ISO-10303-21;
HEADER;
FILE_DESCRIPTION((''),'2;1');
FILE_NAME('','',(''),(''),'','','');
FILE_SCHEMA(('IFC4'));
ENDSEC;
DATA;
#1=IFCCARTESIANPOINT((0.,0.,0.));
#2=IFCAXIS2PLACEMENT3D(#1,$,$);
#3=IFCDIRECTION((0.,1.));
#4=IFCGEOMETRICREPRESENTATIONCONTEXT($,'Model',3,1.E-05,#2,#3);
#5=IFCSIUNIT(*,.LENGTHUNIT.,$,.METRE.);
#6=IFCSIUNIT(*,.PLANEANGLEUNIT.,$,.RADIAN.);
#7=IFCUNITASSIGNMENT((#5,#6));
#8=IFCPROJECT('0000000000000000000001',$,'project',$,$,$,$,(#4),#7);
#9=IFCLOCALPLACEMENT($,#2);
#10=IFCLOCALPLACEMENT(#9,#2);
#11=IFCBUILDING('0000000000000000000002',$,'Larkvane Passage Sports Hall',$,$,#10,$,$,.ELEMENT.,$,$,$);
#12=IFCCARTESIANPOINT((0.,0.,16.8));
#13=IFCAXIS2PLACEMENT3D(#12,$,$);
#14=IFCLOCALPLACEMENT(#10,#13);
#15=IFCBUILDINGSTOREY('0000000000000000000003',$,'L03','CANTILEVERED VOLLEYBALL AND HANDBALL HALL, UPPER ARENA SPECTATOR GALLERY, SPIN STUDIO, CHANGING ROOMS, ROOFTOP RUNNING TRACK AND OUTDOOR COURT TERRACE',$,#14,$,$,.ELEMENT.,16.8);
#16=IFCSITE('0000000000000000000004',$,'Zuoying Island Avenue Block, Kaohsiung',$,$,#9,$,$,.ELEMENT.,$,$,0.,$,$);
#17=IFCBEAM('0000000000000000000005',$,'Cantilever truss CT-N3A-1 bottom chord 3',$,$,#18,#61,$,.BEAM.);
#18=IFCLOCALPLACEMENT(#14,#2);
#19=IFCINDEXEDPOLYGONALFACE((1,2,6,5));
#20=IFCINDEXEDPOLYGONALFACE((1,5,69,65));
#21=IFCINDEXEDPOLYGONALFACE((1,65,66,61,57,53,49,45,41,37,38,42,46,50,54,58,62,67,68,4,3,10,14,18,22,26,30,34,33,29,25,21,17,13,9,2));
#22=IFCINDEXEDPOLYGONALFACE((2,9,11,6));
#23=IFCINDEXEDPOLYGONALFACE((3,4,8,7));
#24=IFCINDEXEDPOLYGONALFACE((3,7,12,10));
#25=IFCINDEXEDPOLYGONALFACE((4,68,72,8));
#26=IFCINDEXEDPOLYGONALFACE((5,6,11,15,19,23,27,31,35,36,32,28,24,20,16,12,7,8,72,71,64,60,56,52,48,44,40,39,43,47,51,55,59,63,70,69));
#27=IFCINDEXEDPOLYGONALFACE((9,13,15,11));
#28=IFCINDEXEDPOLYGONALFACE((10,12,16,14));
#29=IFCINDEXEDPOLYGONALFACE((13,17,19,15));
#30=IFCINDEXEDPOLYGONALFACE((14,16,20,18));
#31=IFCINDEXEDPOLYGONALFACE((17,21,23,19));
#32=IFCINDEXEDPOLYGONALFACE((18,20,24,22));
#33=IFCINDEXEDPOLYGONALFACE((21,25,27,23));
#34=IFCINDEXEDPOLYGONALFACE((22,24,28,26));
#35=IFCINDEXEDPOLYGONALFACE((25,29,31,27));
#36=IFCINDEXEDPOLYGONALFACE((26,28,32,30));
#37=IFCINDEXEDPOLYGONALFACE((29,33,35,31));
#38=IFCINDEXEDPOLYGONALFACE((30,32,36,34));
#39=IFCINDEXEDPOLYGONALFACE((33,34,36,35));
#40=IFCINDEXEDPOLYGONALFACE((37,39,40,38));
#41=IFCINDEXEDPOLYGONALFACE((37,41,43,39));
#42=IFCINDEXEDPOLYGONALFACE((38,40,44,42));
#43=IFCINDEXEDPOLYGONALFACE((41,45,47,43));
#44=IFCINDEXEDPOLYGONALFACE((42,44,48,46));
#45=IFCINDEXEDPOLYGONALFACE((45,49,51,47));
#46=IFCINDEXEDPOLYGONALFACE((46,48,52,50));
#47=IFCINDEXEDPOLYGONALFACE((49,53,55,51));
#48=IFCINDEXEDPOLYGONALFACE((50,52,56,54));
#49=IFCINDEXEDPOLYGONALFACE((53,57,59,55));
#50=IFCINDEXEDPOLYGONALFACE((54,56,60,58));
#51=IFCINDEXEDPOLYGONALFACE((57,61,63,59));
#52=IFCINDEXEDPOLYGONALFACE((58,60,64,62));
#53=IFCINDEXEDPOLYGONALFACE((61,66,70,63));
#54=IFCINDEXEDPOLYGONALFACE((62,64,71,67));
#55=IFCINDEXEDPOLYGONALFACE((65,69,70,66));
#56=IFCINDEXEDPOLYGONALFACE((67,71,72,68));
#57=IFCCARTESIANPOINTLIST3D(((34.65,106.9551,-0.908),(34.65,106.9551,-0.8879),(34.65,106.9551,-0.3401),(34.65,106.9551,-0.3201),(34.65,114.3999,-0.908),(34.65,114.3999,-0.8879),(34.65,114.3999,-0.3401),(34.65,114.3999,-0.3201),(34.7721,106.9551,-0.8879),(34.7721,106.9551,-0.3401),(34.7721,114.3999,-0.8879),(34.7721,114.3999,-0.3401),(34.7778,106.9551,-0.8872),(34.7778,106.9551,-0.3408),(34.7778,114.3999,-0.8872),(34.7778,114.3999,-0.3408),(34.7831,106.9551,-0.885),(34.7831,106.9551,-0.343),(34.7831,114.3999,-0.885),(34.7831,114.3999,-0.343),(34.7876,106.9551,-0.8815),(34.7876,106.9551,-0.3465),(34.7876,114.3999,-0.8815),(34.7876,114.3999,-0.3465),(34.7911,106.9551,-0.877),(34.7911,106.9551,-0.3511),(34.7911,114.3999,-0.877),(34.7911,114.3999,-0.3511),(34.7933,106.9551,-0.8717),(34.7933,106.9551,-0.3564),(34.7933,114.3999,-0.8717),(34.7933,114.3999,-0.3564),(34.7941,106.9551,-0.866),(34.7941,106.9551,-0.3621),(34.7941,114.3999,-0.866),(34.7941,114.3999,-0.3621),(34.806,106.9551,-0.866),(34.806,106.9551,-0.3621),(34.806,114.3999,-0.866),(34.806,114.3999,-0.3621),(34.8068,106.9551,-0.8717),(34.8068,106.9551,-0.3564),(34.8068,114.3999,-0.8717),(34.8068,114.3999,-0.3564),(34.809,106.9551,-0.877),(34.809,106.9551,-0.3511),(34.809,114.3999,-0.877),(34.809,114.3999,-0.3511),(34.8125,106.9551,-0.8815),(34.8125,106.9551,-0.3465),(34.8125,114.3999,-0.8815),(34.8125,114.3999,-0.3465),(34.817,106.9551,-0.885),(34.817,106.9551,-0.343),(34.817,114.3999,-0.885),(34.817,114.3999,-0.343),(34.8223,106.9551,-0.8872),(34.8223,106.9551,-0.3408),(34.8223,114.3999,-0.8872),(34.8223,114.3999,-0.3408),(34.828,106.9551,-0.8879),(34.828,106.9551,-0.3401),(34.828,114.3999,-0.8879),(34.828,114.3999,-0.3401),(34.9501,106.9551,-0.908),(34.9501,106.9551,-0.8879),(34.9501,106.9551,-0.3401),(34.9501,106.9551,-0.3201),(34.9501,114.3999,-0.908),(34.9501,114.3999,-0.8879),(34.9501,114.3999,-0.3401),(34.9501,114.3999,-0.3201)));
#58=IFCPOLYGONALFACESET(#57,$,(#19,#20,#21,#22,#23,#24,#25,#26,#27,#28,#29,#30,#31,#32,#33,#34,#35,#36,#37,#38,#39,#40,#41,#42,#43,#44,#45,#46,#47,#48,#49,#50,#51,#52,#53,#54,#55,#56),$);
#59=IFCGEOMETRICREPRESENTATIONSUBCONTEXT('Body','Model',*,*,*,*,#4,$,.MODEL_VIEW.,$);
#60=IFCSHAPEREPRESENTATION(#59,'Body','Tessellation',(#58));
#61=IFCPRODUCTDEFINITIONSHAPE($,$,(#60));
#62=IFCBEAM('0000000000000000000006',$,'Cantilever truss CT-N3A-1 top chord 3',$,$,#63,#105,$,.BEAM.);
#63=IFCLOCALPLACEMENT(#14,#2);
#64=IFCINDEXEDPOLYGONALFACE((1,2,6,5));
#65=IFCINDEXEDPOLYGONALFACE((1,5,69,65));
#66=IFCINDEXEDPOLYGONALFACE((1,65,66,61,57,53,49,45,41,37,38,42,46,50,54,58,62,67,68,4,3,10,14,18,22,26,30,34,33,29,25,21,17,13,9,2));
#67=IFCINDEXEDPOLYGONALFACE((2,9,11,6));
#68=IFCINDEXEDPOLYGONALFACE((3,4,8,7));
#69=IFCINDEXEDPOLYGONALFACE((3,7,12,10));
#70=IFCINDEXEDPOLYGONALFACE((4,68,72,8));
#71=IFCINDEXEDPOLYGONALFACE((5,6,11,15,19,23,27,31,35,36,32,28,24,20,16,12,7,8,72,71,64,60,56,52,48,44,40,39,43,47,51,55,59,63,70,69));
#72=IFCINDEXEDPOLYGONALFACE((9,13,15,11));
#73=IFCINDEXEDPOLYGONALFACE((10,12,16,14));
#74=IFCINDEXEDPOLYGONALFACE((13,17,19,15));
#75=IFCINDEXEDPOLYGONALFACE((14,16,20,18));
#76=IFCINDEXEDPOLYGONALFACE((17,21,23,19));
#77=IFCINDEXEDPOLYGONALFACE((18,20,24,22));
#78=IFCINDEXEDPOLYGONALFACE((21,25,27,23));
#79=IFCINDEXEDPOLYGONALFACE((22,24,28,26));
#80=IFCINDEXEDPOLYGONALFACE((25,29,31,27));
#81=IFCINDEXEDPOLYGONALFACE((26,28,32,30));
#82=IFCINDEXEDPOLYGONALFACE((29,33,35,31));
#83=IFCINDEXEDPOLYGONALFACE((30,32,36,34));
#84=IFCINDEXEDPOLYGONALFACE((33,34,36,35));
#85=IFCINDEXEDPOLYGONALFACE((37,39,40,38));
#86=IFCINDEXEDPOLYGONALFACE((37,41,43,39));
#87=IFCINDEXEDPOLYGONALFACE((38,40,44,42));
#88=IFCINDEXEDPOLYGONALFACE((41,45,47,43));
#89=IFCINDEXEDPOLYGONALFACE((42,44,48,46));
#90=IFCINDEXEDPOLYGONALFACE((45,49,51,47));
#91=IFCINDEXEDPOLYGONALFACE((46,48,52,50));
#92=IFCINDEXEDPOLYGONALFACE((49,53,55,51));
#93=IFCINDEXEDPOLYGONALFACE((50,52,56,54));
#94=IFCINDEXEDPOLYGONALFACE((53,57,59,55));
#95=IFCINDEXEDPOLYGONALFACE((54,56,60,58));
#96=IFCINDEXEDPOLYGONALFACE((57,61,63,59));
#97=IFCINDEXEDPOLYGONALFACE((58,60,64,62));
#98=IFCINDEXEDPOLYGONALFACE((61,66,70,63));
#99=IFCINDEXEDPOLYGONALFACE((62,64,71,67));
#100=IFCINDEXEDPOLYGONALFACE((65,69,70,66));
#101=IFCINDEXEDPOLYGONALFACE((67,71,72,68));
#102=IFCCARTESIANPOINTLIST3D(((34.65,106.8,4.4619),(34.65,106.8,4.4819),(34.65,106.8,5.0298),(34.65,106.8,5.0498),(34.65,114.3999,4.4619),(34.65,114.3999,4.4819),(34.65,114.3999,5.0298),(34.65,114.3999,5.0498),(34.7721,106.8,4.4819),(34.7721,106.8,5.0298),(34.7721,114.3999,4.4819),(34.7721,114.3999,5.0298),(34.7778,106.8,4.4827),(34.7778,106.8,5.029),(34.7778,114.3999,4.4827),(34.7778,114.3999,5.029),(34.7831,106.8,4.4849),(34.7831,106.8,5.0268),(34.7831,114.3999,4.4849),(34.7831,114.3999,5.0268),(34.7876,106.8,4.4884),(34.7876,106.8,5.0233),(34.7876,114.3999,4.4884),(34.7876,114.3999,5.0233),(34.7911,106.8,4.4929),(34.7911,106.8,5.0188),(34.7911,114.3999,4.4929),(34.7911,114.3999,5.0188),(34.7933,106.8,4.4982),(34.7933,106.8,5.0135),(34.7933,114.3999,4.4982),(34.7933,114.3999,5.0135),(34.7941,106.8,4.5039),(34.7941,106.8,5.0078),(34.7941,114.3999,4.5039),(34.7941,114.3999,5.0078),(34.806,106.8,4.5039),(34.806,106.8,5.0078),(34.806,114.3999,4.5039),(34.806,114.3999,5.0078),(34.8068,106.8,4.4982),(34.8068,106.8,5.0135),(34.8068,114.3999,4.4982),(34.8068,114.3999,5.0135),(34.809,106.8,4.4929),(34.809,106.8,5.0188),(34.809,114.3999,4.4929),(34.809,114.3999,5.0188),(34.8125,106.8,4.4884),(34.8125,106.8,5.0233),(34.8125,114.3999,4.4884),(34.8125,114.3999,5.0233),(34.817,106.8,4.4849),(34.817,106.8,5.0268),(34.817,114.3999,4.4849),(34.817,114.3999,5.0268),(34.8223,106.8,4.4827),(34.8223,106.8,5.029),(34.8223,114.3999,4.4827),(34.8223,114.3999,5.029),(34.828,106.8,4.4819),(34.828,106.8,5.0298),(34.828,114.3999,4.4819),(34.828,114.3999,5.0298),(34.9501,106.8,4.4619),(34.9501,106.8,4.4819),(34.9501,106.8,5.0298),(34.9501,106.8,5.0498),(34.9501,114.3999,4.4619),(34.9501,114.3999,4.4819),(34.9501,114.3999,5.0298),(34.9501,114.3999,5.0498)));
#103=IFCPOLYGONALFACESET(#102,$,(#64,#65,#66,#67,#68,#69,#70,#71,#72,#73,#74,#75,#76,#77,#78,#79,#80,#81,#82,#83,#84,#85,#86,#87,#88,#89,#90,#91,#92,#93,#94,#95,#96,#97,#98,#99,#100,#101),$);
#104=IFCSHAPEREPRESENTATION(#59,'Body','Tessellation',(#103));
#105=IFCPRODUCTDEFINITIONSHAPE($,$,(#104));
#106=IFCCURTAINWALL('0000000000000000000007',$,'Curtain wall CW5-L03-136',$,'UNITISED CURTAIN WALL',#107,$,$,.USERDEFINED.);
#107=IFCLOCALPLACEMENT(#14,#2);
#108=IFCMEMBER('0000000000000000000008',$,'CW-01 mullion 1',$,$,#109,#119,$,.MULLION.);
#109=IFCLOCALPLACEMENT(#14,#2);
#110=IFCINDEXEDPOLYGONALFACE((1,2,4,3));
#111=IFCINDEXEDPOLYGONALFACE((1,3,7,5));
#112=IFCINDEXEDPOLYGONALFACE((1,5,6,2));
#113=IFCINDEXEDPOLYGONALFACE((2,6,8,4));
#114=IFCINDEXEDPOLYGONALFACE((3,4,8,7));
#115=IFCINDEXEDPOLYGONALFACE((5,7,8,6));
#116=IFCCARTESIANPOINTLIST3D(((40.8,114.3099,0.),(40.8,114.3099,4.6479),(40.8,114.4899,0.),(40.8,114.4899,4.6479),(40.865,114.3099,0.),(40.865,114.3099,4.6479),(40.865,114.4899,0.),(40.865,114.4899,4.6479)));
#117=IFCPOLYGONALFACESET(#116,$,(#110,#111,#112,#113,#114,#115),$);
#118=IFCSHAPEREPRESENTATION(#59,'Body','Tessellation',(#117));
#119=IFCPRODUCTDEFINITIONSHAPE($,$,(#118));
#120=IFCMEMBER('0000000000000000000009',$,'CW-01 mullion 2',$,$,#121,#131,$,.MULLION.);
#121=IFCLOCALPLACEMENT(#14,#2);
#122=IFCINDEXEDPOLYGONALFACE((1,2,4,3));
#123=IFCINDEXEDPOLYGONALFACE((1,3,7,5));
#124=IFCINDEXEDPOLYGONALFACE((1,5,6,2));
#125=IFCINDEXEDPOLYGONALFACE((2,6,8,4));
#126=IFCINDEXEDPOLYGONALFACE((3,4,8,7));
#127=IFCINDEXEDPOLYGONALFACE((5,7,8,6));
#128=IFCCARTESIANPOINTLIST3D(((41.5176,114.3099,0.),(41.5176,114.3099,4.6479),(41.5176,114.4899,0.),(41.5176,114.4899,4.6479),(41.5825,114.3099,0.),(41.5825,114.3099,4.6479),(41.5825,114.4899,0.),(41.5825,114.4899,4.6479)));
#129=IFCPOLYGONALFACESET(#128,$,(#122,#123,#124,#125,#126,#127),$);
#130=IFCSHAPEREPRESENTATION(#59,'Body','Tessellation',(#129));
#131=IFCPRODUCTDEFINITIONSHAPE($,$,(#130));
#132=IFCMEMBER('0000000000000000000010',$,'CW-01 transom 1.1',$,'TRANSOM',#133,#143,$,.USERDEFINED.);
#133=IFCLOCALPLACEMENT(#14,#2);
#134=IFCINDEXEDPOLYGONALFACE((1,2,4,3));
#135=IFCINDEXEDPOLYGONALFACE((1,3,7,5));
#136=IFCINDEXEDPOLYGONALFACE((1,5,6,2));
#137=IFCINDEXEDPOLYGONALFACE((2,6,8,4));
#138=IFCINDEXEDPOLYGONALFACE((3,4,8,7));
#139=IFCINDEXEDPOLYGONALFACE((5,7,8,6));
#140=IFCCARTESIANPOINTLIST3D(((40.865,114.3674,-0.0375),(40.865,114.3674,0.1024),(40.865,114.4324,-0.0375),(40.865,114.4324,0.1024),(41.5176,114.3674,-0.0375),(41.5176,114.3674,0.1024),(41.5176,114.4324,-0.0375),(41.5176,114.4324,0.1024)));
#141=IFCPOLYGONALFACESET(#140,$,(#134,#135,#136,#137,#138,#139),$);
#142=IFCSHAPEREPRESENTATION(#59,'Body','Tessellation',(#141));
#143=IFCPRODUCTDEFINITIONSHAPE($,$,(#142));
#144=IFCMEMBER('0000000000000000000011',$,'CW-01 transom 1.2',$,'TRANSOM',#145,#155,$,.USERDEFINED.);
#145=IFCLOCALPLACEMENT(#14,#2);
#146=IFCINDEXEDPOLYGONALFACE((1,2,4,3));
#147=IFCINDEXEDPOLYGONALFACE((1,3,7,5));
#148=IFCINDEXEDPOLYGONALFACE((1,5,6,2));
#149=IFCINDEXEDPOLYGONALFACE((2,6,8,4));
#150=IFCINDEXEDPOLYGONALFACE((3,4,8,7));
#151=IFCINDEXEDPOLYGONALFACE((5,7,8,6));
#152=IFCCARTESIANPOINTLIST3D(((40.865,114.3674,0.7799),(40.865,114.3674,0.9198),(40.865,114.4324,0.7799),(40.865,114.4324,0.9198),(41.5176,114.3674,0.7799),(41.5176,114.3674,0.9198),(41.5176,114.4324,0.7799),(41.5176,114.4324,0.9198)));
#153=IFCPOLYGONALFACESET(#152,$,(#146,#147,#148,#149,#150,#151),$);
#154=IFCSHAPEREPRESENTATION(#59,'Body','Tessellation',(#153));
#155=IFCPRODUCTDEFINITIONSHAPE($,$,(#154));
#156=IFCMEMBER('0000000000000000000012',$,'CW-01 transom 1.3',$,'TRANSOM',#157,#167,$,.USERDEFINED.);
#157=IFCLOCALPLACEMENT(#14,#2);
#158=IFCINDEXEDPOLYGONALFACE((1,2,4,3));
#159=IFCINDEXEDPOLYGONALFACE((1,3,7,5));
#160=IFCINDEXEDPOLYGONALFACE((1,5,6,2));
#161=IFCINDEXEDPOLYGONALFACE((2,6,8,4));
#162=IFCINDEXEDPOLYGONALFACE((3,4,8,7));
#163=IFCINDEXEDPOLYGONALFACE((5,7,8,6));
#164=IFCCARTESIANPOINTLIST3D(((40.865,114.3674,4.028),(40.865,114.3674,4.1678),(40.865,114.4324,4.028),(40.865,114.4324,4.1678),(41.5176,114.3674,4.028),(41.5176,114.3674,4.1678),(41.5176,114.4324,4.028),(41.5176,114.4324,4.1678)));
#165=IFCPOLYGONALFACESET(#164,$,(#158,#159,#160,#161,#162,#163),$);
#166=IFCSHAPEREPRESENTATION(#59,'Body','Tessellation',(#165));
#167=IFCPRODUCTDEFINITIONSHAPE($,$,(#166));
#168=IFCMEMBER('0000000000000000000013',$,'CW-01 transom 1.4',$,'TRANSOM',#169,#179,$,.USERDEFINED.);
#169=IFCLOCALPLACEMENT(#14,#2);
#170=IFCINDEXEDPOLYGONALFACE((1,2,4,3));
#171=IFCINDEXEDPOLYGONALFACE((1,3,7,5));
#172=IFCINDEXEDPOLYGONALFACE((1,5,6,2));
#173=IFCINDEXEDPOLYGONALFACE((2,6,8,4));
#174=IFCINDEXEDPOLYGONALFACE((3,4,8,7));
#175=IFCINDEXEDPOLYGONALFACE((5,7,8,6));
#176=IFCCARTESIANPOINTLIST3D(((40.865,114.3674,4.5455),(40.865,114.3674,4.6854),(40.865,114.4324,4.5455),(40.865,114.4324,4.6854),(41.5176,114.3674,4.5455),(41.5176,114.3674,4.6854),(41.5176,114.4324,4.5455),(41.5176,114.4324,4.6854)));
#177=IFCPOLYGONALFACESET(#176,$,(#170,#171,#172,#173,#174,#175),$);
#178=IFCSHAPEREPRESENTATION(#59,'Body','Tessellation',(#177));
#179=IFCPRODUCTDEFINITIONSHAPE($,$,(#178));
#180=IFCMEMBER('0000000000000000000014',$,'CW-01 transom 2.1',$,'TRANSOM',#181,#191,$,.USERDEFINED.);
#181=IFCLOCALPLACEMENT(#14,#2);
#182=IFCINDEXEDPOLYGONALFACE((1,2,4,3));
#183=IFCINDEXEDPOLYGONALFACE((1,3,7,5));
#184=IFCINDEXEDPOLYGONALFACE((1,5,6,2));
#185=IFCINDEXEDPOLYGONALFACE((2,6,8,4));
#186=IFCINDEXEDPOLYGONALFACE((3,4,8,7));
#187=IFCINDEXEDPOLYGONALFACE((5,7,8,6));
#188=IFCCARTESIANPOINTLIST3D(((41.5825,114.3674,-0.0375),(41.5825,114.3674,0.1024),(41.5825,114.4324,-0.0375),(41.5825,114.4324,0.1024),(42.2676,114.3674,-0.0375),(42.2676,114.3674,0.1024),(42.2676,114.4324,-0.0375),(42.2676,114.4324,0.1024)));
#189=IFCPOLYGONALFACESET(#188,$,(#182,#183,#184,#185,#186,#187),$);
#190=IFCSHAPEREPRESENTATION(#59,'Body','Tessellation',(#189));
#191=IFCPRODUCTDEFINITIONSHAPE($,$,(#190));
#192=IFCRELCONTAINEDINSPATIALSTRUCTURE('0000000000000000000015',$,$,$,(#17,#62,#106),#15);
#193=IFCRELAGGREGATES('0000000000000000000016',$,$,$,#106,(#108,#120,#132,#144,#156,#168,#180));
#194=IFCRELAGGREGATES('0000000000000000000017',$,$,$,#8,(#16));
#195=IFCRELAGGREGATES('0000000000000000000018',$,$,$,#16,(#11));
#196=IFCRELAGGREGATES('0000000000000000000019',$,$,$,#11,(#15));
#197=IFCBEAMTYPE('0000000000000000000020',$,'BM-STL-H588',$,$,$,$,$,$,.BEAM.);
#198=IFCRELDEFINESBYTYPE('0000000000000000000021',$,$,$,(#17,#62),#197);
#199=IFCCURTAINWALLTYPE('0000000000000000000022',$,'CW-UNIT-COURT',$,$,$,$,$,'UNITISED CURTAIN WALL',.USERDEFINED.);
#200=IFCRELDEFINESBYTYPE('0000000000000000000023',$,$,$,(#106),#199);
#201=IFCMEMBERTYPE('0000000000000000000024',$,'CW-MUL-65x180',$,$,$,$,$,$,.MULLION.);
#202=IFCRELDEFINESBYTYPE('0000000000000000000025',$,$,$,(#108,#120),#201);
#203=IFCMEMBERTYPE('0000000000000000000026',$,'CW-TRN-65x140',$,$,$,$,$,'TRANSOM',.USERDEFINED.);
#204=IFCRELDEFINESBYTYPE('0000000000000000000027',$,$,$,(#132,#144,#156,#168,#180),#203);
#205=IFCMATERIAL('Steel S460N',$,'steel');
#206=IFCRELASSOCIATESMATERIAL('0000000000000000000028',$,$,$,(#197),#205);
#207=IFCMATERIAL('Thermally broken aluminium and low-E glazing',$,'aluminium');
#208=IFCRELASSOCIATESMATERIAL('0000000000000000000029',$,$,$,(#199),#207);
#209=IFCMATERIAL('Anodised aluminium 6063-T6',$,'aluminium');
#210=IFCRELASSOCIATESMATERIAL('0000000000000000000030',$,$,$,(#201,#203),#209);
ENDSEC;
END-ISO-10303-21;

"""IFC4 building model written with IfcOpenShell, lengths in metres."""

from ifc_helpers import new_model, si_unit, direction, frame, origin, origin_2d, place, context, subcontext, project, spatial, rectangle, i_section, extrude, material, material_profile, profile_set, type_object, element, aggregate, save


model = new_model("IFC4")

# Units and contexts
model_context = context("Model", 3, precision=1e-05, world=origin(), true_north=direction((0.0, 1.0)))
body_context = subcontext(model_context, "Body", "Model", "MODEL_VIEW")
ifc_project = project(units=[si_unit("LENGTHUNIT", "METRE"), si_unit("PLANEANGLEUNIT", "RADIAN")], contexts=[model_context])

# Site, building, storey
site_placement = place(None, origin())
site = spatial("IfcSite", under=ifc_project, at=site_placement, Name="Zuoying Island Avenue Block, Kaohsiung", CompositionType="ELEMENT", RefElevation=0.0)
building_placement = place(site_placement, origin())
building = spatial("IfcBuilding", under=site, at=building_placement, Name="Larkvane Passage Sports Hall", CompositionType="ELEMENT")
storey_placement = place(building_placement, frame((0.0, 0.0, 16.8)))
storey = spatial("IfcBuildingStorey", under=building, at=storey_placement, Name="L03", Description="CANTILEVERED VOLLEYBALL AND HANDBALL HALL, UPPER ARENA SPECTATOR GALLERY, SPIN STUDIO, CHANGING ROOMS, ROOFTOP RUNNING TRACK AND OUTDOOR COURT TERRACE", CompositionType="ELEMENT", Elevation=16.8)

# Beams
ifc_material_1 = material(Name="Steel S460N", Category="steel")
ifc_material_profile_1 = material_profile(ifc_material_1, i_section(OverallWidth=0.3, OverallDepth=0.5879, WebThickness=0.012, FlangeThickness=0.02, FilletRadius=0.022, at=origin_2d()), Name="H-588x300x12x20")
ifc_profile_set_1 = profile_set([ifc_material_profile_1], Name="Steel S460N")
beam_type_1 = type_object("IfcBeamType", Name="BM-STL-H588", PredefinedType="BEAM", material=ifc_profile_set_1)
beam_1_placement = place(storey_placement, frame((34.8, 106.9551, -0.614), z_axis=(0.0, 1.0, 0.0), x_axis=(-1.0, 0.0, 0.0)))
element("IfcBeam", 1, at=beam_1_placement, inside=storey, type_object=beam_type_1, Name="Cantilever truss CT-N3A-1 bottom chord 3", PredefinedType="BEAM", context=body_context, shape_type="SweptSolid", body=[
    extrude(i_section(OverallWidth=0.3, OverallDepth=0.5879, WebThickness=0.012, FlangeThickness=0.02, FilletRadius=0.022, at=origin_2d()), origin(), (0.0, 0.0, 1.0), 7.4448),
])
beam_2_placement = place(storey_placement, frame((34.8, 106.8, 4.7559), z_axis=(0.0, 1.0, 0.0), x_axis=(-1.0, 0.0, 0.0)))
element("IfcBeam", 2, at=beam_2_placement, inside=storey, type_object=beam_type_1, Name="Cantilever truss CT-N3A-1 top chord 3", PredefinedType="BEAM", context=body_context, shape_type="SweptSolid", body=[
    extrude(i_section(OverallWidth=0.3, OverallDepth=0.5879, WebThickness=0.012, FlangeThickness=0.02, FilletRadius=0.022, at=origin_2d()), origin(), (0.0, 0.0, 1.0), 7.5999),
])

# Curtain wall, members
ifc_material_2 = material(Name="Thermally broken aluminium and low-E glazing", Category="aluminium")
curtain_wall_type = type_object("IfcCurtainWallType", Name="CW-UNIT-COURT", ElementType="UNITISED CURTAIN WALL", PredefinedType="USERDEFINED", material=ifc_material_2)
curtain_wall_placement = place(storey_placement, origin())
curtain_wall = element("IfcCurtainWall", 3, at=curtain_wall_placement, inside=storey, type_object=curtain_wall_type, Name="Curtain wall CW5-L03-136", ObjectType="UNITISED CURTAIN WALL", PredefinedType="USERDEFINED")
ifc_material_3 = material(Name="Anodised aluminium 6063-T6", Category="aluminium")
ifc_material_profile_2 = material_profile(ifc_material_3, rectangle(XDim=0.0649, YDim=0.1799, at=origin_2d()), Name="ALU-MUL-65x180")
ifc_profile_set_2 = profile_set([ifc_material_profile_2], Name="Anodised aluminium 6063-T6")
member_type_1 = type_object("IfcMemberType", Name="CW-MUL-65x180", PredefinedType="MULLION", material=ifc_profile_set_2)
member_1_placement = place(storey_placement, frame((40.8325, 114.3999, 0.0), z_axis=(0.0, 0.0, 1.0), x_axis=(1.0, 0.0, 0.0)))
member_1 = element("IfcMember", 4, at=member_1_placement, type_object=member_type_1, Name="CW-01 mullion 1", PredefinedType="MULLION", context=body_context, shape_type="SweptSolid", body=[
    extrude(rectangle(XDim=0.0649, YDim=0.1799, at=origin_2d()), origin(), (0.0, 0.0, 1.0), 4.6479),
])
member_2_placement = place(storey_placement, frame((41.55, 114.3999, 0.0), z_axis=(0.0, 0.0, 1.0), x_axis=(1.0, 0.0, 0.0)))
member_2 = element("IfcMember", 5, at=member_2_placement, type_object=member_type_1, Name="CW-01 mullion 2", PredefinedType="MULLION", context=body_context, shape_type="SweptSolid", body=[
    extrude(rectangle(XDim=0.0649, YDim=0.1799, at=origin_2d()), origin(), (0.0, 0.0, 1.0), 4.6479),
])
ifc_material_profile_3 = material_profile(ifc_material_3, rectangle(XDim=0.0649, YDim=0.1399, at=origin_2d()), Name="ALU-TRN-65x140")
ifc_profile_set_3 = profile_set([ifc_material_profile_3], Name="Anodised aluminium 6063-T6")
member_type_2 = type_object("IfcMemberType", Name="CW-TRN-65x140", ElementType="TRANSOM", PredefinedType="USERDEFINED", material=ifc_profile_set_3)
member_3_placement = place(storey_placement, frame((40.865, 114.3999, 0.0325), z_axis=(1.0, 0.0, 0.0), x_axis=(0.0, 1.0, 0.0)))
member_3 = element("IfcMember", 6, at=member_3_placement, type_object=member_type_2, Name="CW-01 transom 1.1", ObjectType="TRANSOM", PredefinedType="USERDEFINED", context=body_context, shape_type="SweptSolid", body=[
    extrude(rectangle(XDim=0.0649, YDim=0.1399, at=origin_2d()), origin(), (0.0, 0.0, 1.0), 0.6526),
])
member_4_placement = place(storey_placement, frame((40.865, 114.3999, 0.8499), z_axis=(1.0, 0.0, 0.0), x_axis=(0.0, 1.0, 0.0)))
member_4 = element("IfcMember", 7, at=member_4_placement, type_object=member_type_2, Name="CW-01 transom 1.2", ObjectType="TRANSOM", PredefinedType="USERDEFINED", context=body_context, shape_type="SweptSolid", body=[
    extrude(rectangle(XDim=0.0649, YDim=0.1399, at=origin_2d()), origin(), (0.0, 0.0, 1.0), 0.6526),
])
member_5_placement = place(storey_placement, frame((40.865, 114.3999, 4.0979), z_axis=(1.0, 0.0, 0.0), x_axis=(0.0, 1.0, 0.0)))
member_5 = element("IfcMember", 8, at=member_5_placement, type_object=member_type_2, Name="CW-01 transom 1.3", ObjectType="TRANSOM", PredefinedType="USERDEFINED", context=body_context, shape_type="SweptSolid", body=[
    extrude(rectangle(XDim=0.0649, YDim=0.1399, at=origin_2d()), origin(), (0.0, 0.0, 1.0), 0.6526),
])
member_6_placement = place(storey_placement, frame((40.865, 114.3999, 4.6155), z_axis=(1.0, 0.0, 0.0), x_axis=(0.0, 1.0, 0.0)))
member_6 = element("IfcMember", 9, at=member_6_placement, type_object=member_type_2, Name="CW-01 transom 1.4", ObjectType="TRANSOM", PredefinedType="USERDEFINED", context=body_context, shape_type="SweptSolid", body=[
    extrude(rectangle(XDim=0.0649, YDim=0.1399, at=origin_2d()), origin(), (0.0, 0.0, 1.0), 0.6526),
])
member_7_placement = place(storey_placement, frame((41.5825, 114.3999, 0.0325), z_axis=(1.0, 0.0, 0.0), x_axis=(0.0, 1.0, 0.0)))
member_7 = element("IfcMember", 10, at=member_7_placement, type_object=member_type_2, Name="CW-01 transom 2.1", ObjectType="TRANSOM", PredefinedType="USERDEFINED", context=body_context, shape_type="SweptSolid", body=[
    extrude(rectangle(XDim=0.0649, YDim=0.1399, at=origin_2d()), origin(), (0.0, 0.0, 1.0), 0.6851),
])

aggregate(curtain_wall, [member_1, member_2, member_3, member_4, member_5, member_6, member_7])

save(model, "model.ifc")
